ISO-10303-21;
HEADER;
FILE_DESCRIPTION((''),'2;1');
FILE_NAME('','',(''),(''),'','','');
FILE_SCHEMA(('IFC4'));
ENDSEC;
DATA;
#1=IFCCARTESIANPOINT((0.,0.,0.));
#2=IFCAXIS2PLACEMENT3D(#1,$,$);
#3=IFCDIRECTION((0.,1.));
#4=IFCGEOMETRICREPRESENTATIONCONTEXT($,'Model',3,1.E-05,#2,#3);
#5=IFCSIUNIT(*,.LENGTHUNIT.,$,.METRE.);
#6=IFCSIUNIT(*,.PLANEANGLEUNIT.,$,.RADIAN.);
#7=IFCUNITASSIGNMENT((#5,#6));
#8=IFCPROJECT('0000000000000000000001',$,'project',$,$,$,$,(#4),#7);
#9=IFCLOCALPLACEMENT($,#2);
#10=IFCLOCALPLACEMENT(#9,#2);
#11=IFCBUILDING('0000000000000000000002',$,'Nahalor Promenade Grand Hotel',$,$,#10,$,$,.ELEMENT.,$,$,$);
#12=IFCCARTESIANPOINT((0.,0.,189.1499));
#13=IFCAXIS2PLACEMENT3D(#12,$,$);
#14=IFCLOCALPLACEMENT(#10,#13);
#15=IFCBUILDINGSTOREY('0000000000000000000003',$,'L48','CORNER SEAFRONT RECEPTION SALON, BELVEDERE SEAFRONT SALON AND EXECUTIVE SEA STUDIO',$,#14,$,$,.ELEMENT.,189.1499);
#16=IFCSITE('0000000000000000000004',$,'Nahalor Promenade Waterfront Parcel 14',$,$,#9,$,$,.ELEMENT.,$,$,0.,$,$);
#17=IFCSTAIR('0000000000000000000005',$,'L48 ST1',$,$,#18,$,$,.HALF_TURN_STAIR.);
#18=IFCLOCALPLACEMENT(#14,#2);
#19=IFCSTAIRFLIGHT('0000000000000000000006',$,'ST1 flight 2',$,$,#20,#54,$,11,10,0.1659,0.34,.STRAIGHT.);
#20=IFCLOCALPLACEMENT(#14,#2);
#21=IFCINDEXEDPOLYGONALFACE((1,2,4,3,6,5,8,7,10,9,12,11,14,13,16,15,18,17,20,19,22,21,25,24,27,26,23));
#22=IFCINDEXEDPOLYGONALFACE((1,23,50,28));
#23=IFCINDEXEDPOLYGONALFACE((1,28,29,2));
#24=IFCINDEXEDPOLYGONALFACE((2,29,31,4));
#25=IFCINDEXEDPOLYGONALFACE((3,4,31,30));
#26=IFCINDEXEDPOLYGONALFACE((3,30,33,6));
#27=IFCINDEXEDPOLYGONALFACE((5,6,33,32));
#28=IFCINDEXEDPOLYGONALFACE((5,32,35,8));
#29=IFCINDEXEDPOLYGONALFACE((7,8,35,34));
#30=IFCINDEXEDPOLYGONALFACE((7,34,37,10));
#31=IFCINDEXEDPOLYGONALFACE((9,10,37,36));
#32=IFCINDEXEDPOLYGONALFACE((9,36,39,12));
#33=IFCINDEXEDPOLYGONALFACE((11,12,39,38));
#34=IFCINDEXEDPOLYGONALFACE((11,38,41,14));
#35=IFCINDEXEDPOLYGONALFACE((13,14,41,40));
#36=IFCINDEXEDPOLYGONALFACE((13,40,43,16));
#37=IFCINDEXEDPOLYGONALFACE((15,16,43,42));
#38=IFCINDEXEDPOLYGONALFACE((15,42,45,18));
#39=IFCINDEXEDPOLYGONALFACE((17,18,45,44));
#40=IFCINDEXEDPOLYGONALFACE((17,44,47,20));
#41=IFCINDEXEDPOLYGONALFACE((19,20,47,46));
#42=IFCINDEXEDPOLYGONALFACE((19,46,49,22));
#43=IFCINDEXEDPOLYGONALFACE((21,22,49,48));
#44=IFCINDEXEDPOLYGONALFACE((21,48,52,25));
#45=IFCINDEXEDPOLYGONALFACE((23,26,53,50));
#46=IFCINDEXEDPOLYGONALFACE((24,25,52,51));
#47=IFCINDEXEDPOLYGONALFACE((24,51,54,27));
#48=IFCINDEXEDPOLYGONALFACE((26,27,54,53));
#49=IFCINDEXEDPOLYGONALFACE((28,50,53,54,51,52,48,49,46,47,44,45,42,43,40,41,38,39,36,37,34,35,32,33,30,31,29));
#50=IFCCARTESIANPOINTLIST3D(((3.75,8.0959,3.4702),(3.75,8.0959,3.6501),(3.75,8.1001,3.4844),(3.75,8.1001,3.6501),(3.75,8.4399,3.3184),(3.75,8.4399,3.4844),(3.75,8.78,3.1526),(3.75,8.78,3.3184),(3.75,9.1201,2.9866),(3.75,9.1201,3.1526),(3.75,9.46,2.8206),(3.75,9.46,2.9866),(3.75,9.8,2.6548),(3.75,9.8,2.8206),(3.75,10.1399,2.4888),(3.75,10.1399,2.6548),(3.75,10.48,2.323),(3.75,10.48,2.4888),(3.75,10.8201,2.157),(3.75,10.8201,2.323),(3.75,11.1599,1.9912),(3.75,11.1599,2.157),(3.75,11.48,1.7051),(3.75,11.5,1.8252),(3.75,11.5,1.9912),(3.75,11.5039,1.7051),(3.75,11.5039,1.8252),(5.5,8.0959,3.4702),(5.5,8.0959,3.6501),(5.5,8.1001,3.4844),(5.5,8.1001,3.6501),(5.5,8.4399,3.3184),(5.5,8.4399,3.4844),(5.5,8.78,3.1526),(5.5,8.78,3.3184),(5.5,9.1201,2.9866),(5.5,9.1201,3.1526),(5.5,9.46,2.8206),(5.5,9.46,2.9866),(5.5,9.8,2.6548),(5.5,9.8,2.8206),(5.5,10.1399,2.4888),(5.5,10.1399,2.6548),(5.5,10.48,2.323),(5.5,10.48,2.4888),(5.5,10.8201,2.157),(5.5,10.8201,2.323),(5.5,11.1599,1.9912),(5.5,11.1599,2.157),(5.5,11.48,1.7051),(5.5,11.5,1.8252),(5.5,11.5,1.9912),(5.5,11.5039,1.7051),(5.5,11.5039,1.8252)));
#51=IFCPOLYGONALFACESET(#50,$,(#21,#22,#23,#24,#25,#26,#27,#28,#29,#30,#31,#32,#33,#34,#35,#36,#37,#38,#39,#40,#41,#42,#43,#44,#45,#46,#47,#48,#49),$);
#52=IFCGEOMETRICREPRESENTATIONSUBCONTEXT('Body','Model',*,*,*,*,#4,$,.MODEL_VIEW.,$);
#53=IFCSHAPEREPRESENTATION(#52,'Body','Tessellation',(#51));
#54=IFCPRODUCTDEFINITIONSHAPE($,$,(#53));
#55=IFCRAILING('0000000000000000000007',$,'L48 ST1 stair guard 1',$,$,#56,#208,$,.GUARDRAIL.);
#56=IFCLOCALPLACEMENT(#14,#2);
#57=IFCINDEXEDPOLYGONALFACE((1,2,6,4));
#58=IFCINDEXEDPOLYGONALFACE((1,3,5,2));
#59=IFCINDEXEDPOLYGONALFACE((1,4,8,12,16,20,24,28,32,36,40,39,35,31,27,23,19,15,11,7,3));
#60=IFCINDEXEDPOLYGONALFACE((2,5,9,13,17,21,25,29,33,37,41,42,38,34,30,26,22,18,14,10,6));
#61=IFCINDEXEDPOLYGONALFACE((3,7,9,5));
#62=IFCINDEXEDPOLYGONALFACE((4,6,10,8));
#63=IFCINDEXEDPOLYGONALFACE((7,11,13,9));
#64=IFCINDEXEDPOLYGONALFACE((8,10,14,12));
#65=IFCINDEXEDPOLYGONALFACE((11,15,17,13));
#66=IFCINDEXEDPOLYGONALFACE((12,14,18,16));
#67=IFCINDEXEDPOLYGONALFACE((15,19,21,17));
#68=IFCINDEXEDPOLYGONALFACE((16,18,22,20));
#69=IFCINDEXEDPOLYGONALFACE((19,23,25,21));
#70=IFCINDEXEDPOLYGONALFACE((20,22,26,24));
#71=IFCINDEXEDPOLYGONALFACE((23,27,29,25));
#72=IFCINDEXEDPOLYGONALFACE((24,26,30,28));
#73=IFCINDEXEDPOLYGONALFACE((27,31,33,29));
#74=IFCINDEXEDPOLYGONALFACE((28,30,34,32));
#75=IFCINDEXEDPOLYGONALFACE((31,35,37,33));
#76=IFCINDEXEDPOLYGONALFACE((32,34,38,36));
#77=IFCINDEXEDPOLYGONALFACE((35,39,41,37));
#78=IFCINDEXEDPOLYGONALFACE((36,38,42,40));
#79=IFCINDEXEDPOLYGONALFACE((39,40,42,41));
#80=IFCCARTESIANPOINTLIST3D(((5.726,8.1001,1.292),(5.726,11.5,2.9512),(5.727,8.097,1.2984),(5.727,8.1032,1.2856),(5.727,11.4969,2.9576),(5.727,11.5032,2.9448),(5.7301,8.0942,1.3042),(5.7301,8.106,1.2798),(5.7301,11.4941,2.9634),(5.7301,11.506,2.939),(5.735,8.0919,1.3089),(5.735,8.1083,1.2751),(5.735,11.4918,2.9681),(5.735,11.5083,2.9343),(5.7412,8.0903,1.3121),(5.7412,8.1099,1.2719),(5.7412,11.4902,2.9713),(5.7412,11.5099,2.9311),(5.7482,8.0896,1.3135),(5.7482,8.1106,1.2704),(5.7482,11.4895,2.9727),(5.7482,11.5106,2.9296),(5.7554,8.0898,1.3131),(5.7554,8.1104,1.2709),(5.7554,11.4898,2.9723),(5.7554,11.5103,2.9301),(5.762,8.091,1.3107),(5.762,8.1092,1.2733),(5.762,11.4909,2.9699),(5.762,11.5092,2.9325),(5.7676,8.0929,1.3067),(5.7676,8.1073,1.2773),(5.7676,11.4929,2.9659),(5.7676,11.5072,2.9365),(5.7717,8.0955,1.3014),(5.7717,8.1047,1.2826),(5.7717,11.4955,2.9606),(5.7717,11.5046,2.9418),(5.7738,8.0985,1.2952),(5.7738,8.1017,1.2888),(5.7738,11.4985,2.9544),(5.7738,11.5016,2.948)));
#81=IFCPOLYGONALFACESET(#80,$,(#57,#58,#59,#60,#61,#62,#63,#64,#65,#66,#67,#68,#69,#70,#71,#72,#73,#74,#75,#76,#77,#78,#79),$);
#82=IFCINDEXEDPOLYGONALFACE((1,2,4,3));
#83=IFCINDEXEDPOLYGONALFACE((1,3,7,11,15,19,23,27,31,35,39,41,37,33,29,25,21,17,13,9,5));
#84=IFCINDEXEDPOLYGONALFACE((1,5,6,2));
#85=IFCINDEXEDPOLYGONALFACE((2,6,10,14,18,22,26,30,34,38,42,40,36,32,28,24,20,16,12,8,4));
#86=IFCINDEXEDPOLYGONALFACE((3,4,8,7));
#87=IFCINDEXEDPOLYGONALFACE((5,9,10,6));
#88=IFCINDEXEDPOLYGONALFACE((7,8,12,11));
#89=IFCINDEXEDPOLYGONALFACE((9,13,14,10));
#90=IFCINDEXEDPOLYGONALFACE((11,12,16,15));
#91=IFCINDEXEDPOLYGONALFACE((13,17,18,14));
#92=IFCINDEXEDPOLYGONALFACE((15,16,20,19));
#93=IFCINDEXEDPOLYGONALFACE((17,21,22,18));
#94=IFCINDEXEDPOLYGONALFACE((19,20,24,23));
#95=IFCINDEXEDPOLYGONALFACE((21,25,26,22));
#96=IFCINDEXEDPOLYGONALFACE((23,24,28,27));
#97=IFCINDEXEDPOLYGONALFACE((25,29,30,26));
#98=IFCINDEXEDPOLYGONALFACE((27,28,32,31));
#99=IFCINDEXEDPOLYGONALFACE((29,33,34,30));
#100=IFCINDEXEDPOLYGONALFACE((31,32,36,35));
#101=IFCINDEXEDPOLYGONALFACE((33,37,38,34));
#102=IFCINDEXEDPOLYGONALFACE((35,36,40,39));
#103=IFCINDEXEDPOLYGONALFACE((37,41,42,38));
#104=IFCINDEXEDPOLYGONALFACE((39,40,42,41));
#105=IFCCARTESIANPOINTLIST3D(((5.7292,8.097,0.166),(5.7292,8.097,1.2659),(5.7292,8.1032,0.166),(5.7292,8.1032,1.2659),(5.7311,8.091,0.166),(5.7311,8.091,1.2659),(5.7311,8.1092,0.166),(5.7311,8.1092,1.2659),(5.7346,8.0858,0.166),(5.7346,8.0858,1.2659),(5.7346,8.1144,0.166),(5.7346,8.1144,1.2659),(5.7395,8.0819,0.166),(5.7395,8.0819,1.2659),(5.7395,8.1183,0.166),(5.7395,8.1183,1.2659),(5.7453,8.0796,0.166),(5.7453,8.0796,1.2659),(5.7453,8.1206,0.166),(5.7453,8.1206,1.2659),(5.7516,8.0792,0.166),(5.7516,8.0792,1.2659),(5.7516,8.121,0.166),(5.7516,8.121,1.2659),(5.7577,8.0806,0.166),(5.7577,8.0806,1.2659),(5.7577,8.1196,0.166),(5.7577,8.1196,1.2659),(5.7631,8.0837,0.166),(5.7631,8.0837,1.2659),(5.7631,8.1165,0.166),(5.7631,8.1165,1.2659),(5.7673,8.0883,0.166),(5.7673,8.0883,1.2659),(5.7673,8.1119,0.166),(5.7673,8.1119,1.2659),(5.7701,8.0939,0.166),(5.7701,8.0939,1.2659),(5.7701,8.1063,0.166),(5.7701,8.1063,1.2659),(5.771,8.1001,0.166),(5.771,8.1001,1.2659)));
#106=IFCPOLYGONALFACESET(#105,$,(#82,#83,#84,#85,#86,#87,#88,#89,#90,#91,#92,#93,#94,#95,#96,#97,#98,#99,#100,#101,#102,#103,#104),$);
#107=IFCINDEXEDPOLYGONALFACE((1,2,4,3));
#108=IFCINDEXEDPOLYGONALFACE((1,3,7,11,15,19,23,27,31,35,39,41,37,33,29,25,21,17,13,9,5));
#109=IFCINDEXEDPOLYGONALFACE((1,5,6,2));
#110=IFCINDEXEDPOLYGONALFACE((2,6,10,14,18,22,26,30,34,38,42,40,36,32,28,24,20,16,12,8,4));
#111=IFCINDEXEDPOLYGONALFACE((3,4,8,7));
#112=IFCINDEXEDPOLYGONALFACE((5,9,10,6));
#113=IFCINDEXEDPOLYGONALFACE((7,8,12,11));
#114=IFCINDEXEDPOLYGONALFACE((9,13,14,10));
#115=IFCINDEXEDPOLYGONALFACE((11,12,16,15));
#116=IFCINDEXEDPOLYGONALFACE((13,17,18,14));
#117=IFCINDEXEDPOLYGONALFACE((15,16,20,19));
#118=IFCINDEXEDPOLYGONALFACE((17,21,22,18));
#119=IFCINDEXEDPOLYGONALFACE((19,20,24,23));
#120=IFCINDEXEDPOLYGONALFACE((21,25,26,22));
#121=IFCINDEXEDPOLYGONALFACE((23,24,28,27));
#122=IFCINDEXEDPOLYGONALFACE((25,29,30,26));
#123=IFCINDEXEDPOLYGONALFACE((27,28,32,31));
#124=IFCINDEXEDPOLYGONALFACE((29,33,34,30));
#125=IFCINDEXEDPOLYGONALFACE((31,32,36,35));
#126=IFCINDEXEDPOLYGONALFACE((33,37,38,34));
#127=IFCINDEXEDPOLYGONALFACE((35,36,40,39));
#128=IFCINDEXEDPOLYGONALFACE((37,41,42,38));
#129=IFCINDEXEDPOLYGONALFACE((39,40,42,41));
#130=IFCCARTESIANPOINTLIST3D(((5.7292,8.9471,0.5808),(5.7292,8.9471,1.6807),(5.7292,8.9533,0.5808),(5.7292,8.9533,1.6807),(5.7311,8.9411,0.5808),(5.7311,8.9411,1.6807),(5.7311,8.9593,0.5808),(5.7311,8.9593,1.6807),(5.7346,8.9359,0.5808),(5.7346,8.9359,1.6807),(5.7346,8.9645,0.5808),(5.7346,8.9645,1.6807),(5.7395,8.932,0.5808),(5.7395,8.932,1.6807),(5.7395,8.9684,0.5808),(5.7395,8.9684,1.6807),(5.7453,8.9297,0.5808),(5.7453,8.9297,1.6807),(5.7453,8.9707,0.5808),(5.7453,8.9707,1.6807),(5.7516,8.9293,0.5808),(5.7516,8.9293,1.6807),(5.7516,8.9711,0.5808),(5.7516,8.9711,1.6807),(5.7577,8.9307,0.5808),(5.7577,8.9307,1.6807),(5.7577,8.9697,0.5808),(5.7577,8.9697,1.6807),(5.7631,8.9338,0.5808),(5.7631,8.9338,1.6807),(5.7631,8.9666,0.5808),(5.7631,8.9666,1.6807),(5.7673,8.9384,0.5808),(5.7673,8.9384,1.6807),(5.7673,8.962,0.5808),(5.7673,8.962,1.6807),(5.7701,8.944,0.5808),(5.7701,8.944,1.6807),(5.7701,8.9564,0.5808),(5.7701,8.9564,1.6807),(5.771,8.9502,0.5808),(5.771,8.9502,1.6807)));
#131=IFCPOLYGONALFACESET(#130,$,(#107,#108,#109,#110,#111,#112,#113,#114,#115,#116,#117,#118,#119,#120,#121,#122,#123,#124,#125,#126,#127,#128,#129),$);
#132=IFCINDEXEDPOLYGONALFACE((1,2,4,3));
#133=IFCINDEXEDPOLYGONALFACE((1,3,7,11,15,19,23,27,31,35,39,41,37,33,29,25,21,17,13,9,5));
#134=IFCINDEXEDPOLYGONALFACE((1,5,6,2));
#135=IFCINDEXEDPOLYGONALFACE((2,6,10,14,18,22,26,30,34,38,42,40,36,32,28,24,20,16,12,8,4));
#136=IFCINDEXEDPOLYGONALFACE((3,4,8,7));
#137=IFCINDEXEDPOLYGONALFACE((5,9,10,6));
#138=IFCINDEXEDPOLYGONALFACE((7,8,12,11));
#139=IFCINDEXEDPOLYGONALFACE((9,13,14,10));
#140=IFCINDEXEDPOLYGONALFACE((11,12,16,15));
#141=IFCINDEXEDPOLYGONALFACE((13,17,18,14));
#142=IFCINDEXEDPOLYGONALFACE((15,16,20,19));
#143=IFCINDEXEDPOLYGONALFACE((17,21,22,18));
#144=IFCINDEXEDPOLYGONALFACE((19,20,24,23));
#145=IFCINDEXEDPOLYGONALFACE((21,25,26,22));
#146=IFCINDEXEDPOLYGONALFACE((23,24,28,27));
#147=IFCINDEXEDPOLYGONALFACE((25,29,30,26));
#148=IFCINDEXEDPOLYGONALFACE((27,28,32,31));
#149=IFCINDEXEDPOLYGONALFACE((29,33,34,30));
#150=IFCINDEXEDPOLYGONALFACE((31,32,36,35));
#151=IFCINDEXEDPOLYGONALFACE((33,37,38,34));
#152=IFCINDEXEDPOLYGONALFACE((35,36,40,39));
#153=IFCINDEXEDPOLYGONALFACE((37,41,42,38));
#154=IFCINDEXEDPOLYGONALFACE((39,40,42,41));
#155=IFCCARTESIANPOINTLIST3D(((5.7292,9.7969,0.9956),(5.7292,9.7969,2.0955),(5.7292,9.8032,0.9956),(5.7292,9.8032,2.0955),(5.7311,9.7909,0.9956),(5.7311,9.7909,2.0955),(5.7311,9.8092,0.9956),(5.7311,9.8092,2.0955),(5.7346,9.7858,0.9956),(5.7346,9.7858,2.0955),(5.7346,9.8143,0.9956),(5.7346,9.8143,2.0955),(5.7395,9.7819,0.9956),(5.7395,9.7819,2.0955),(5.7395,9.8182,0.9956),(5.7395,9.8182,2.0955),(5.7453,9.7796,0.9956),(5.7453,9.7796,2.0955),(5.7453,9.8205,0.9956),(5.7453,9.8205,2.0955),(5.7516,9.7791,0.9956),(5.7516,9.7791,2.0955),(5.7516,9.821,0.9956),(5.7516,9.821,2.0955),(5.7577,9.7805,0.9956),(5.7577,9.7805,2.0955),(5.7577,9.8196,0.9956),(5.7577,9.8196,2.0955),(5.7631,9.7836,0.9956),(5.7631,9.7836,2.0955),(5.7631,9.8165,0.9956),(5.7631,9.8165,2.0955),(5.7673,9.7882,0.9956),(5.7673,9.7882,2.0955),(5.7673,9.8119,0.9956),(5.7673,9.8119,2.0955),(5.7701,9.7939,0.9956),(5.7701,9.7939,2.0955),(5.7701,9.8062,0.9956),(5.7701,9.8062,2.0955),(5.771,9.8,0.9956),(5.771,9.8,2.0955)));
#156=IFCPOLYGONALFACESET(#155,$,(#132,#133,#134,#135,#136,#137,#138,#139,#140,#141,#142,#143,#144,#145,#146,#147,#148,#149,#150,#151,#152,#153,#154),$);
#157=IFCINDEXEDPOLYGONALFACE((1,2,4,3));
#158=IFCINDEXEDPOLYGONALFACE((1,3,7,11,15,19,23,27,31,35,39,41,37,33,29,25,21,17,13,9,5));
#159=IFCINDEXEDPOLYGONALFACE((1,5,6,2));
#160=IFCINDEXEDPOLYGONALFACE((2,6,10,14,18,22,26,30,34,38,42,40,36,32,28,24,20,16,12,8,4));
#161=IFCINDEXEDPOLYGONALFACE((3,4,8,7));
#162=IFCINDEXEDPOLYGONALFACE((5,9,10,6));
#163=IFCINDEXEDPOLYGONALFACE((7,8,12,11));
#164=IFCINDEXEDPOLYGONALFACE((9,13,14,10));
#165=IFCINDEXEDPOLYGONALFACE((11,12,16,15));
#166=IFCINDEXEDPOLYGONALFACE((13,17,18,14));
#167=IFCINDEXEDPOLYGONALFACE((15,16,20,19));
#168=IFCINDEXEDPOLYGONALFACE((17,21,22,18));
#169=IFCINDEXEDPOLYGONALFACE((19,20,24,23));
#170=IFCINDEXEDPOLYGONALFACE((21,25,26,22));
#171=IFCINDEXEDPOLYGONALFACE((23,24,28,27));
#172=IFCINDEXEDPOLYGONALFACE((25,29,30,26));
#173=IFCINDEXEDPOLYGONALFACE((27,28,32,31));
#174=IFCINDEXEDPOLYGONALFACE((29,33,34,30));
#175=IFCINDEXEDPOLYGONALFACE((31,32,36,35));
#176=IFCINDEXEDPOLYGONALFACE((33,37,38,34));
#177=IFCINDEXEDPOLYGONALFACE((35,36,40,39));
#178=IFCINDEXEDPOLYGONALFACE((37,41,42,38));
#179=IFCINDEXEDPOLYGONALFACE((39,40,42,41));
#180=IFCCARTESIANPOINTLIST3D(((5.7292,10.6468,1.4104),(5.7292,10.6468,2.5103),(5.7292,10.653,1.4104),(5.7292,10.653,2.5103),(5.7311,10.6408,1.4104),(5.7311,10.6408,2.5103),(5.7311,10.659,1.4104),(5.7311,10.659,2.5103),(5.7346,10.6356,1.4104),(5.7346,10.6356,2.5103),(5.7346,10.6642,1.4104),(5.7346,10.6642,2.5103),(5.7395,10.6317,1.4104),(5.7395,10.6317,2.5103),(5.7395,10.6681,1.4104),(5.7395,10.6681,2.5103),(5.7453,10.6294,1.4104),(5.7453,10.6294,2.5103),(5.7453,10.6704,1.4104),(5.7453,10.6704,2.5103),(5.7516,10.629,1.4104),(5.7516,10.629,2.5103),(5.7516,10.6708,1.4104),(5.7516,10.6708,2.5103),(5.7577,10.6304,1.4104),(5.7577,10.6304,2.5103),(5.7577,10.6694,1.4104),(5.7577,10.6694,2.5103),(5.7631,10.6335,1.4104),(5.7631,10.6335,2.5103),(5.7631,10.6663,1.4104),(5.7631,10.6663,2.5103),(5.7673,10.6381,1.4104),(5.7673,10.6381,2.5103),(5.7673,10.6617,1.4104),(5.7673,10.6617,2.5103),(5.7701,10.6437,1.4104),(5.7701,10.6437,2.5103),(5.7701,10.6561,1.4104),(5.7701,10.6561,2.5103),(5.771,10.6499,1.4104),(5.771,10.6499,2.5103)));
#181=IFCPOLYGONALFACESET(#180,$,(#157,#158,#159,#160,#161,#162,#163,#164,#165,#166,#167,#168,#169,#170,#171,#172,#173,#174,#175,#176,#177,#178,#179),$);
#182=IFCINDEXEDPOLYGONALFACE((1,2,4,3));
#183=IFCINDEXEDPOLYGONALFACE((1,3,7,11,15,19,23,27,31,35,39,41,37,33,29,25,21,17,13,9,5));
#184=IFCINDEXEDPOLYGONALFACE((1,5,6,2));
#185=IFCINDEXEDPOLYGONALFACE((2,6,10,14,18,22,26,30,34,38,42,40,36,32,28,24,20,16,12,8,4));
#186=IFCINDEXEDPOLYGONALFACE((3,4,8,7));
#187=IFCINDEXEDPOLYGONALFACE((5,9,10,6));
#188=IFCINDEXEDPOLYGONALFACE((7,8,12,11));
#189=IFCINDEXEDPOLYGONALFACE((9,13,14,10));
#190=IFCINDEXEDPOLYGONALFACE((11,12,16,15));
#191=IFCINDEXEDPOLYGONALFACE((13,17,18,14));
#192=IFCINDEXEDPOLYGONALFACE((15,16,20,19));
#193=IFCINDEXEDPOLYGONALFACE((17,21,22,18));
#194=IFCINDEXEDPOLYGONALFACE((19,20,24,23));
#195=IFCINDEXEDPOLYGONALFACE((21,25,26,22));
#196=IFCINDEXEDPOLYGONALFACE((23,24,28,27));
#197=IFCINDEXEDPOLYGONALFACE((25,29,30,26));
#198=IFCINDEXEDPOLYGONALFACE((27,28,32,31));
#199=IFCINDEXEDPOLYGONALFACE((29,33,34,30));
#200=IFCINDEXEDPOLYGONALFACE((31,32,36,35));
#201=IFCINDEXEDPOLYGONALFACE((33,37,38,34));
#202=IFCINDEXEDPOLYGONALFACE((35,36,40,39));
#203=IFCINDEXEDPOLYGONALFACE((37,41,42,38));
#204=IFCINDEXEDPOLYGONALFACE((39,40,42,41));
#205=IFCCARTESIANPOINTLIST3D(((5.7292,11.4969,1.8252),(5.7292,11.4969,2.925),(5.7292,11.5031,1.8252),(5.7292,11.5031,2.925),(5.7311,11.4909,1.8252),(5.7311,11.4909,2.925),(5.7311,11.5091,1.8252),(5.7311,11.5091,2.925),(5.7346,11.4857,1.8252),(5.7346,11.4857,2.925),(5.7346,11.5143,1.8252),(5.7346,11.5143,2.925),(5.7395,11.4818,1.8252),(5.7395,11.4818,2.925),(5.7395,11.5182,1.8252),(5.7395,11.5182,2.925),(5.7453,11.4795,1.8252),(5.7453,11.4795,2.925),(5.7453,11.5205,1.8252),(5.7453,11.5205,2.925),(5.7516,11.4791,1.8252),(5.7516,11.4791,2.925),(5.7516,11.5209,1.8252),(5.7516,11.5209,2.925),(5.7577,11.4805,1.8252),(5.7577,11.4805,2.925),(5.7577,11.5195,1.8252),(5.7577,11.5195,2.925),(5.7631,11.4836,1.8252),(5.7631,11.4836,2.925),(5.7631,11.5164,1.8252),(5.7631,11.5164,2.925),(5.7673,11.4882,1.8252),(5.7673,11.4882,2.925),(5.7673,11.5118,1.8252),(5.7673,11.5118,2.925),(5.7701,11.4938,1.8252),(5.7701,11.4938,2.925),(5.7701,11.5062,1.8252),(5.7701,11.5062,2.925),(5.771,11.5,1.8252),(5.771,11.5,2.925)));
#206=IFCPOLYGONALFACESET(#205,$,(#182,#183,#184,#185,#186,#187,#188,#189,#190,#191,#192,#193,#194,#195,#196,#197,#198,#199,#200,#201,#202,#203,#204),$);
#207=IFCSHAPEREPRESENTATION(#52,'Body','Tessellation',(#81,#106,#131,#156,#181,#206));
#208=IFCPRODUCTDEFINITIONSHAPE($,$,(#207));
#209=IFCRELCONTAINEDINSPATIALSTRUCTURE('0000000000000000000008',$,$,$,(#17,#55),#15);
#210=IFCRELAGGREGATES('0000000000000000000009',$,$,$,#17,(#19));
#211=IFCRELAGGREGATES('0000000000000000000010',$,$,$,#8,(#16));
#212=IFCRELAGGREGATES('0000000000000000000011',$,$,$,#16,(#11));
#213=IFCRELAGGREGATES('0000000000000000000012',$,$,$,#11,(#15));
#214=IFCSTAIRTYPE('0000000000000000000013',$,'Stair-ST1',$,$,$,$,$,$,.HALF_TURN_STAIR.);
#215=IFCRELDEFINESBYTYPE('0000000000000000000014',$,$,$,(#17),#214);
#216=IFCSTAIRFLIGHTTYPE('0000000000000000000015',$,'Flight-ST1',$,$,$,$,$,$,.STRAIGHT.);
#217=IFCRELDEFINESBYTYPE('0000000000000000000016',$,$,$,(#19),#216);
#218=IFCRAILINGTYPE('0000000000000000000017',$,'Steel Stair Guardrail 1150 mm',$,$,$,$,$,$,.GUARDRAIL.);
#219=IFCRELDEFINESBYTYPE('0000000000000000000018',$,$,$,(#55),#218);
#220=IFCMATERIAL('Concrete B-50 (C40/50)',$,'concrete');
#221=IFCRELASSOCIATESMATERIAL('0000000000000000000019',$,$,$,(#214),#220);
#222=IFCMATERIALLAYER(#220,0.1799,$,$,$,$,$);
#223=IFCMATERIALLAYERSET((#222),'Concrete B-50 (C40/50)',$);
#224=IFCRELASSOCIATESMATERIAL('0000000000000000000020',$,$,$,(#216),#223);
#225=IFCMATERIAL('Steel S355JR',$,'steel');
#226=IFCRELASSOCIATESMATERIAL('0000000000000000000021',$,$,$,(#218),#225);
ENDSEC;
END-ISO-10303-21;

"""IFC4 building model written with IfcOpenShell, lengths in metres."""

from ifc_helpers import new_model, si_unit, direction, frame, origin, origin_2d, place, context, subcontext, project, spatial, polyline, circle, outline, extrude, source, transform, mapped, material, layer, layer_set, type_object, element, aggregate, save


model = new_model("IFC4")

# Units and contexts
model_context = context("Model", 3, precision=1e-05, world=origin(), true_north=direction((0.0, 1.0)))
body_context = subcontext(model_context, "Body", "Model", "MODEL_VIEW")
ifc_project = project(units=[si_unit("LENGTHUNIT", "METRE"), si_unit("PLANEANGLEUNIT", "RADIAN")], contexts=[model_context])

# Site, building, storey
site_placement = place(None, origin())
site = spatial("IfcSite", under=ifc_project, at=site_placement, Name="Nahalor Promenade Waterfront Parcel 14", CompositionType="ELEMENT", RefElevation=0.0)
building_placement = place(site_placement, origin())
building = spatial("IfcBuilding", under=site, at=building_placement, Name="Nahalor Promenade Grand Hotel", CompositionType="ELEMENT")
storey_placement = place(building_placement, frame((0.0, 0.0, 189.1499)))
storey = spatial("IfcBuildingStorey", under=building, at=storey_placement, Name="L48", Description="CORNER SEAFRONT RECEPTION SALON, BELVEDERE SEAFRONT SALON AND EXECUTIVE SEA STUDIO", CompositionType="ELEMENT", Elevation=189.1499)

# Shared definitions
ifc_material_1 = material(Name="Steel S355JR", Category="steel")

# Shared definitions
ifc_material_2 = material(Name="Concrete B-50 (C40/50)", Category="concrete")

# Stair, stair flight
stair_type = type_object("IfcStairType", Name="Stair-ST1", PredefinedType="HALF_TURN_STAIR", material=ifc_material_2)
stair_placement = place(storey_placement, origin())
stair = element("IfcStair", 1, at=stair_placement, inside=storey, type_object=stair_type, Name="L48 ST1", PredefinedType="HALF_TURN_STAIR")
ifc_layer_1 = layer(ifc_material_2, 0.1799)
ifc_layer_set_1 = layer_set([ifc_layer_1], Name="Concrete B-50 (C40/50)")
stair_flight_type = type_object("IfcStairFlightType", Name="Flight-ST1", PredefinedType="STRAIGHT", material=ifc_layer_set_1)
shared_shape_1 = source(origin(), body_context, "Body", "SweptSolid", [
    extrude(outline(polyline([(-0.0039, -0.1201), (-0.0039, 0.0), (0.0, 0.0), (0.0, 0.166), (0.3401, 0.166), (0.3401, 0.3318), (0.6799, 0.3318), (0.6799, 0.4978), (1.02, 0.4978), (1.02, 0.6636), (1.3601, 0.6636), (1.3601, 0.8296), (1.7, 0.8296), (1.7, 0.9954), (2.04, 0.9954), (2.04, 1.1614), (2.3799, 1.1614), (2.3799, 1.3274), (2.72, 1.3274), (2.72, 1.4932), (3.0601, 1.4932), (3.0601, 1.6592), (3.3999, 1.6592), (3.3999, 1.825), (3.4041, 1.825), (3.4041, 1.645), (0.02, -0.1201), (-0.0039, -0.1201)])), frame((0.0, 0.875, 0.0), z_axis=(0.0, -1.0, 0.0), x_axis=(1.0, 0.0, 0.0)), (0.0, 0.0, 1.0), 1.75),
])
stair_flight_1_placement = place(storey_placement, frame((4.625, 11.5, 1.8252), z_axis=(0.0, 0.0, 1.0), x_axis=(0.0, -1.0, 0.0)))
stair_flight_1 = element("IfcStairFlight", 2, at=stair_flight_1_placement, type_object=stair_flight_type, Name="ST1 flight 2", NumberOfRisers=11, NumberOfTreads=10, PredefinedType="STRAIGHT", RiserHeight=0.1659, TreadLength=0.34, context=body_context, shape_type="MappedRepresentation", body=[
    mapped(shared_shape_1, transform((0.0, 0.0, 0.0), scale=1.0)),
])
aggregate(stair, [stair_flight_1])

# Railing
railing_type_1 = type_object("IfcRailingType", Name="Steel Stair Guardrail 1150 mm", PredefinedType="GUARDRAIL", material=ifc_material_1)
railing_1_placement = place(storey_placement, frame((5.75, 8.1001, 0.166)))
element("IfcRailing", 3, at=railing_1_placement, inside=storey, type_object=railing_type_1, Name="L48 ST1 stair guard 1", PredefinedType="GUARDRAIL", context=body_context, shape_type="SweptSolid", body=[
    extrude(circle(Radius=0.024, at=origin_2d()), frame((0.0, 0.0, 1.126), z_axis=(0.0, 0.898696, 0.438571), x_axis=(-1.0, 0.0, 0.0)), (0.0, 0.0, 1.0), 3.7832),
    extrude(circle(Radius=0.021, at=origin_2d()), origin(), (0.0, 0.0, 1.0), 1.0999),
    extrude(circle(Radius=0.021, at=origin_2d()), frame((0.0, 0.8501, 0.4148)), (0.0, 0.0, 1.0), 1.0999),
    extrude(circle(Radius=0.021, at=origin_2d()), frame((0.0, 1.7, 0.8296)), (0.0, 0.0, 1.0), 1.0999),
    extrude(circle(Radius=0.021, at=origin_2d()), frame((0.0, 2.5498, 1.2444)), (0.0, 0.0, 1.0), 1.0999),
    extrude(circle(Radius=0.021, at=origin_2d()), frame((0.0, 3.3999, 1.6592)), (0.0, 0.0, 1.0), 1.0999),
])

save(model, "model.ifc")
